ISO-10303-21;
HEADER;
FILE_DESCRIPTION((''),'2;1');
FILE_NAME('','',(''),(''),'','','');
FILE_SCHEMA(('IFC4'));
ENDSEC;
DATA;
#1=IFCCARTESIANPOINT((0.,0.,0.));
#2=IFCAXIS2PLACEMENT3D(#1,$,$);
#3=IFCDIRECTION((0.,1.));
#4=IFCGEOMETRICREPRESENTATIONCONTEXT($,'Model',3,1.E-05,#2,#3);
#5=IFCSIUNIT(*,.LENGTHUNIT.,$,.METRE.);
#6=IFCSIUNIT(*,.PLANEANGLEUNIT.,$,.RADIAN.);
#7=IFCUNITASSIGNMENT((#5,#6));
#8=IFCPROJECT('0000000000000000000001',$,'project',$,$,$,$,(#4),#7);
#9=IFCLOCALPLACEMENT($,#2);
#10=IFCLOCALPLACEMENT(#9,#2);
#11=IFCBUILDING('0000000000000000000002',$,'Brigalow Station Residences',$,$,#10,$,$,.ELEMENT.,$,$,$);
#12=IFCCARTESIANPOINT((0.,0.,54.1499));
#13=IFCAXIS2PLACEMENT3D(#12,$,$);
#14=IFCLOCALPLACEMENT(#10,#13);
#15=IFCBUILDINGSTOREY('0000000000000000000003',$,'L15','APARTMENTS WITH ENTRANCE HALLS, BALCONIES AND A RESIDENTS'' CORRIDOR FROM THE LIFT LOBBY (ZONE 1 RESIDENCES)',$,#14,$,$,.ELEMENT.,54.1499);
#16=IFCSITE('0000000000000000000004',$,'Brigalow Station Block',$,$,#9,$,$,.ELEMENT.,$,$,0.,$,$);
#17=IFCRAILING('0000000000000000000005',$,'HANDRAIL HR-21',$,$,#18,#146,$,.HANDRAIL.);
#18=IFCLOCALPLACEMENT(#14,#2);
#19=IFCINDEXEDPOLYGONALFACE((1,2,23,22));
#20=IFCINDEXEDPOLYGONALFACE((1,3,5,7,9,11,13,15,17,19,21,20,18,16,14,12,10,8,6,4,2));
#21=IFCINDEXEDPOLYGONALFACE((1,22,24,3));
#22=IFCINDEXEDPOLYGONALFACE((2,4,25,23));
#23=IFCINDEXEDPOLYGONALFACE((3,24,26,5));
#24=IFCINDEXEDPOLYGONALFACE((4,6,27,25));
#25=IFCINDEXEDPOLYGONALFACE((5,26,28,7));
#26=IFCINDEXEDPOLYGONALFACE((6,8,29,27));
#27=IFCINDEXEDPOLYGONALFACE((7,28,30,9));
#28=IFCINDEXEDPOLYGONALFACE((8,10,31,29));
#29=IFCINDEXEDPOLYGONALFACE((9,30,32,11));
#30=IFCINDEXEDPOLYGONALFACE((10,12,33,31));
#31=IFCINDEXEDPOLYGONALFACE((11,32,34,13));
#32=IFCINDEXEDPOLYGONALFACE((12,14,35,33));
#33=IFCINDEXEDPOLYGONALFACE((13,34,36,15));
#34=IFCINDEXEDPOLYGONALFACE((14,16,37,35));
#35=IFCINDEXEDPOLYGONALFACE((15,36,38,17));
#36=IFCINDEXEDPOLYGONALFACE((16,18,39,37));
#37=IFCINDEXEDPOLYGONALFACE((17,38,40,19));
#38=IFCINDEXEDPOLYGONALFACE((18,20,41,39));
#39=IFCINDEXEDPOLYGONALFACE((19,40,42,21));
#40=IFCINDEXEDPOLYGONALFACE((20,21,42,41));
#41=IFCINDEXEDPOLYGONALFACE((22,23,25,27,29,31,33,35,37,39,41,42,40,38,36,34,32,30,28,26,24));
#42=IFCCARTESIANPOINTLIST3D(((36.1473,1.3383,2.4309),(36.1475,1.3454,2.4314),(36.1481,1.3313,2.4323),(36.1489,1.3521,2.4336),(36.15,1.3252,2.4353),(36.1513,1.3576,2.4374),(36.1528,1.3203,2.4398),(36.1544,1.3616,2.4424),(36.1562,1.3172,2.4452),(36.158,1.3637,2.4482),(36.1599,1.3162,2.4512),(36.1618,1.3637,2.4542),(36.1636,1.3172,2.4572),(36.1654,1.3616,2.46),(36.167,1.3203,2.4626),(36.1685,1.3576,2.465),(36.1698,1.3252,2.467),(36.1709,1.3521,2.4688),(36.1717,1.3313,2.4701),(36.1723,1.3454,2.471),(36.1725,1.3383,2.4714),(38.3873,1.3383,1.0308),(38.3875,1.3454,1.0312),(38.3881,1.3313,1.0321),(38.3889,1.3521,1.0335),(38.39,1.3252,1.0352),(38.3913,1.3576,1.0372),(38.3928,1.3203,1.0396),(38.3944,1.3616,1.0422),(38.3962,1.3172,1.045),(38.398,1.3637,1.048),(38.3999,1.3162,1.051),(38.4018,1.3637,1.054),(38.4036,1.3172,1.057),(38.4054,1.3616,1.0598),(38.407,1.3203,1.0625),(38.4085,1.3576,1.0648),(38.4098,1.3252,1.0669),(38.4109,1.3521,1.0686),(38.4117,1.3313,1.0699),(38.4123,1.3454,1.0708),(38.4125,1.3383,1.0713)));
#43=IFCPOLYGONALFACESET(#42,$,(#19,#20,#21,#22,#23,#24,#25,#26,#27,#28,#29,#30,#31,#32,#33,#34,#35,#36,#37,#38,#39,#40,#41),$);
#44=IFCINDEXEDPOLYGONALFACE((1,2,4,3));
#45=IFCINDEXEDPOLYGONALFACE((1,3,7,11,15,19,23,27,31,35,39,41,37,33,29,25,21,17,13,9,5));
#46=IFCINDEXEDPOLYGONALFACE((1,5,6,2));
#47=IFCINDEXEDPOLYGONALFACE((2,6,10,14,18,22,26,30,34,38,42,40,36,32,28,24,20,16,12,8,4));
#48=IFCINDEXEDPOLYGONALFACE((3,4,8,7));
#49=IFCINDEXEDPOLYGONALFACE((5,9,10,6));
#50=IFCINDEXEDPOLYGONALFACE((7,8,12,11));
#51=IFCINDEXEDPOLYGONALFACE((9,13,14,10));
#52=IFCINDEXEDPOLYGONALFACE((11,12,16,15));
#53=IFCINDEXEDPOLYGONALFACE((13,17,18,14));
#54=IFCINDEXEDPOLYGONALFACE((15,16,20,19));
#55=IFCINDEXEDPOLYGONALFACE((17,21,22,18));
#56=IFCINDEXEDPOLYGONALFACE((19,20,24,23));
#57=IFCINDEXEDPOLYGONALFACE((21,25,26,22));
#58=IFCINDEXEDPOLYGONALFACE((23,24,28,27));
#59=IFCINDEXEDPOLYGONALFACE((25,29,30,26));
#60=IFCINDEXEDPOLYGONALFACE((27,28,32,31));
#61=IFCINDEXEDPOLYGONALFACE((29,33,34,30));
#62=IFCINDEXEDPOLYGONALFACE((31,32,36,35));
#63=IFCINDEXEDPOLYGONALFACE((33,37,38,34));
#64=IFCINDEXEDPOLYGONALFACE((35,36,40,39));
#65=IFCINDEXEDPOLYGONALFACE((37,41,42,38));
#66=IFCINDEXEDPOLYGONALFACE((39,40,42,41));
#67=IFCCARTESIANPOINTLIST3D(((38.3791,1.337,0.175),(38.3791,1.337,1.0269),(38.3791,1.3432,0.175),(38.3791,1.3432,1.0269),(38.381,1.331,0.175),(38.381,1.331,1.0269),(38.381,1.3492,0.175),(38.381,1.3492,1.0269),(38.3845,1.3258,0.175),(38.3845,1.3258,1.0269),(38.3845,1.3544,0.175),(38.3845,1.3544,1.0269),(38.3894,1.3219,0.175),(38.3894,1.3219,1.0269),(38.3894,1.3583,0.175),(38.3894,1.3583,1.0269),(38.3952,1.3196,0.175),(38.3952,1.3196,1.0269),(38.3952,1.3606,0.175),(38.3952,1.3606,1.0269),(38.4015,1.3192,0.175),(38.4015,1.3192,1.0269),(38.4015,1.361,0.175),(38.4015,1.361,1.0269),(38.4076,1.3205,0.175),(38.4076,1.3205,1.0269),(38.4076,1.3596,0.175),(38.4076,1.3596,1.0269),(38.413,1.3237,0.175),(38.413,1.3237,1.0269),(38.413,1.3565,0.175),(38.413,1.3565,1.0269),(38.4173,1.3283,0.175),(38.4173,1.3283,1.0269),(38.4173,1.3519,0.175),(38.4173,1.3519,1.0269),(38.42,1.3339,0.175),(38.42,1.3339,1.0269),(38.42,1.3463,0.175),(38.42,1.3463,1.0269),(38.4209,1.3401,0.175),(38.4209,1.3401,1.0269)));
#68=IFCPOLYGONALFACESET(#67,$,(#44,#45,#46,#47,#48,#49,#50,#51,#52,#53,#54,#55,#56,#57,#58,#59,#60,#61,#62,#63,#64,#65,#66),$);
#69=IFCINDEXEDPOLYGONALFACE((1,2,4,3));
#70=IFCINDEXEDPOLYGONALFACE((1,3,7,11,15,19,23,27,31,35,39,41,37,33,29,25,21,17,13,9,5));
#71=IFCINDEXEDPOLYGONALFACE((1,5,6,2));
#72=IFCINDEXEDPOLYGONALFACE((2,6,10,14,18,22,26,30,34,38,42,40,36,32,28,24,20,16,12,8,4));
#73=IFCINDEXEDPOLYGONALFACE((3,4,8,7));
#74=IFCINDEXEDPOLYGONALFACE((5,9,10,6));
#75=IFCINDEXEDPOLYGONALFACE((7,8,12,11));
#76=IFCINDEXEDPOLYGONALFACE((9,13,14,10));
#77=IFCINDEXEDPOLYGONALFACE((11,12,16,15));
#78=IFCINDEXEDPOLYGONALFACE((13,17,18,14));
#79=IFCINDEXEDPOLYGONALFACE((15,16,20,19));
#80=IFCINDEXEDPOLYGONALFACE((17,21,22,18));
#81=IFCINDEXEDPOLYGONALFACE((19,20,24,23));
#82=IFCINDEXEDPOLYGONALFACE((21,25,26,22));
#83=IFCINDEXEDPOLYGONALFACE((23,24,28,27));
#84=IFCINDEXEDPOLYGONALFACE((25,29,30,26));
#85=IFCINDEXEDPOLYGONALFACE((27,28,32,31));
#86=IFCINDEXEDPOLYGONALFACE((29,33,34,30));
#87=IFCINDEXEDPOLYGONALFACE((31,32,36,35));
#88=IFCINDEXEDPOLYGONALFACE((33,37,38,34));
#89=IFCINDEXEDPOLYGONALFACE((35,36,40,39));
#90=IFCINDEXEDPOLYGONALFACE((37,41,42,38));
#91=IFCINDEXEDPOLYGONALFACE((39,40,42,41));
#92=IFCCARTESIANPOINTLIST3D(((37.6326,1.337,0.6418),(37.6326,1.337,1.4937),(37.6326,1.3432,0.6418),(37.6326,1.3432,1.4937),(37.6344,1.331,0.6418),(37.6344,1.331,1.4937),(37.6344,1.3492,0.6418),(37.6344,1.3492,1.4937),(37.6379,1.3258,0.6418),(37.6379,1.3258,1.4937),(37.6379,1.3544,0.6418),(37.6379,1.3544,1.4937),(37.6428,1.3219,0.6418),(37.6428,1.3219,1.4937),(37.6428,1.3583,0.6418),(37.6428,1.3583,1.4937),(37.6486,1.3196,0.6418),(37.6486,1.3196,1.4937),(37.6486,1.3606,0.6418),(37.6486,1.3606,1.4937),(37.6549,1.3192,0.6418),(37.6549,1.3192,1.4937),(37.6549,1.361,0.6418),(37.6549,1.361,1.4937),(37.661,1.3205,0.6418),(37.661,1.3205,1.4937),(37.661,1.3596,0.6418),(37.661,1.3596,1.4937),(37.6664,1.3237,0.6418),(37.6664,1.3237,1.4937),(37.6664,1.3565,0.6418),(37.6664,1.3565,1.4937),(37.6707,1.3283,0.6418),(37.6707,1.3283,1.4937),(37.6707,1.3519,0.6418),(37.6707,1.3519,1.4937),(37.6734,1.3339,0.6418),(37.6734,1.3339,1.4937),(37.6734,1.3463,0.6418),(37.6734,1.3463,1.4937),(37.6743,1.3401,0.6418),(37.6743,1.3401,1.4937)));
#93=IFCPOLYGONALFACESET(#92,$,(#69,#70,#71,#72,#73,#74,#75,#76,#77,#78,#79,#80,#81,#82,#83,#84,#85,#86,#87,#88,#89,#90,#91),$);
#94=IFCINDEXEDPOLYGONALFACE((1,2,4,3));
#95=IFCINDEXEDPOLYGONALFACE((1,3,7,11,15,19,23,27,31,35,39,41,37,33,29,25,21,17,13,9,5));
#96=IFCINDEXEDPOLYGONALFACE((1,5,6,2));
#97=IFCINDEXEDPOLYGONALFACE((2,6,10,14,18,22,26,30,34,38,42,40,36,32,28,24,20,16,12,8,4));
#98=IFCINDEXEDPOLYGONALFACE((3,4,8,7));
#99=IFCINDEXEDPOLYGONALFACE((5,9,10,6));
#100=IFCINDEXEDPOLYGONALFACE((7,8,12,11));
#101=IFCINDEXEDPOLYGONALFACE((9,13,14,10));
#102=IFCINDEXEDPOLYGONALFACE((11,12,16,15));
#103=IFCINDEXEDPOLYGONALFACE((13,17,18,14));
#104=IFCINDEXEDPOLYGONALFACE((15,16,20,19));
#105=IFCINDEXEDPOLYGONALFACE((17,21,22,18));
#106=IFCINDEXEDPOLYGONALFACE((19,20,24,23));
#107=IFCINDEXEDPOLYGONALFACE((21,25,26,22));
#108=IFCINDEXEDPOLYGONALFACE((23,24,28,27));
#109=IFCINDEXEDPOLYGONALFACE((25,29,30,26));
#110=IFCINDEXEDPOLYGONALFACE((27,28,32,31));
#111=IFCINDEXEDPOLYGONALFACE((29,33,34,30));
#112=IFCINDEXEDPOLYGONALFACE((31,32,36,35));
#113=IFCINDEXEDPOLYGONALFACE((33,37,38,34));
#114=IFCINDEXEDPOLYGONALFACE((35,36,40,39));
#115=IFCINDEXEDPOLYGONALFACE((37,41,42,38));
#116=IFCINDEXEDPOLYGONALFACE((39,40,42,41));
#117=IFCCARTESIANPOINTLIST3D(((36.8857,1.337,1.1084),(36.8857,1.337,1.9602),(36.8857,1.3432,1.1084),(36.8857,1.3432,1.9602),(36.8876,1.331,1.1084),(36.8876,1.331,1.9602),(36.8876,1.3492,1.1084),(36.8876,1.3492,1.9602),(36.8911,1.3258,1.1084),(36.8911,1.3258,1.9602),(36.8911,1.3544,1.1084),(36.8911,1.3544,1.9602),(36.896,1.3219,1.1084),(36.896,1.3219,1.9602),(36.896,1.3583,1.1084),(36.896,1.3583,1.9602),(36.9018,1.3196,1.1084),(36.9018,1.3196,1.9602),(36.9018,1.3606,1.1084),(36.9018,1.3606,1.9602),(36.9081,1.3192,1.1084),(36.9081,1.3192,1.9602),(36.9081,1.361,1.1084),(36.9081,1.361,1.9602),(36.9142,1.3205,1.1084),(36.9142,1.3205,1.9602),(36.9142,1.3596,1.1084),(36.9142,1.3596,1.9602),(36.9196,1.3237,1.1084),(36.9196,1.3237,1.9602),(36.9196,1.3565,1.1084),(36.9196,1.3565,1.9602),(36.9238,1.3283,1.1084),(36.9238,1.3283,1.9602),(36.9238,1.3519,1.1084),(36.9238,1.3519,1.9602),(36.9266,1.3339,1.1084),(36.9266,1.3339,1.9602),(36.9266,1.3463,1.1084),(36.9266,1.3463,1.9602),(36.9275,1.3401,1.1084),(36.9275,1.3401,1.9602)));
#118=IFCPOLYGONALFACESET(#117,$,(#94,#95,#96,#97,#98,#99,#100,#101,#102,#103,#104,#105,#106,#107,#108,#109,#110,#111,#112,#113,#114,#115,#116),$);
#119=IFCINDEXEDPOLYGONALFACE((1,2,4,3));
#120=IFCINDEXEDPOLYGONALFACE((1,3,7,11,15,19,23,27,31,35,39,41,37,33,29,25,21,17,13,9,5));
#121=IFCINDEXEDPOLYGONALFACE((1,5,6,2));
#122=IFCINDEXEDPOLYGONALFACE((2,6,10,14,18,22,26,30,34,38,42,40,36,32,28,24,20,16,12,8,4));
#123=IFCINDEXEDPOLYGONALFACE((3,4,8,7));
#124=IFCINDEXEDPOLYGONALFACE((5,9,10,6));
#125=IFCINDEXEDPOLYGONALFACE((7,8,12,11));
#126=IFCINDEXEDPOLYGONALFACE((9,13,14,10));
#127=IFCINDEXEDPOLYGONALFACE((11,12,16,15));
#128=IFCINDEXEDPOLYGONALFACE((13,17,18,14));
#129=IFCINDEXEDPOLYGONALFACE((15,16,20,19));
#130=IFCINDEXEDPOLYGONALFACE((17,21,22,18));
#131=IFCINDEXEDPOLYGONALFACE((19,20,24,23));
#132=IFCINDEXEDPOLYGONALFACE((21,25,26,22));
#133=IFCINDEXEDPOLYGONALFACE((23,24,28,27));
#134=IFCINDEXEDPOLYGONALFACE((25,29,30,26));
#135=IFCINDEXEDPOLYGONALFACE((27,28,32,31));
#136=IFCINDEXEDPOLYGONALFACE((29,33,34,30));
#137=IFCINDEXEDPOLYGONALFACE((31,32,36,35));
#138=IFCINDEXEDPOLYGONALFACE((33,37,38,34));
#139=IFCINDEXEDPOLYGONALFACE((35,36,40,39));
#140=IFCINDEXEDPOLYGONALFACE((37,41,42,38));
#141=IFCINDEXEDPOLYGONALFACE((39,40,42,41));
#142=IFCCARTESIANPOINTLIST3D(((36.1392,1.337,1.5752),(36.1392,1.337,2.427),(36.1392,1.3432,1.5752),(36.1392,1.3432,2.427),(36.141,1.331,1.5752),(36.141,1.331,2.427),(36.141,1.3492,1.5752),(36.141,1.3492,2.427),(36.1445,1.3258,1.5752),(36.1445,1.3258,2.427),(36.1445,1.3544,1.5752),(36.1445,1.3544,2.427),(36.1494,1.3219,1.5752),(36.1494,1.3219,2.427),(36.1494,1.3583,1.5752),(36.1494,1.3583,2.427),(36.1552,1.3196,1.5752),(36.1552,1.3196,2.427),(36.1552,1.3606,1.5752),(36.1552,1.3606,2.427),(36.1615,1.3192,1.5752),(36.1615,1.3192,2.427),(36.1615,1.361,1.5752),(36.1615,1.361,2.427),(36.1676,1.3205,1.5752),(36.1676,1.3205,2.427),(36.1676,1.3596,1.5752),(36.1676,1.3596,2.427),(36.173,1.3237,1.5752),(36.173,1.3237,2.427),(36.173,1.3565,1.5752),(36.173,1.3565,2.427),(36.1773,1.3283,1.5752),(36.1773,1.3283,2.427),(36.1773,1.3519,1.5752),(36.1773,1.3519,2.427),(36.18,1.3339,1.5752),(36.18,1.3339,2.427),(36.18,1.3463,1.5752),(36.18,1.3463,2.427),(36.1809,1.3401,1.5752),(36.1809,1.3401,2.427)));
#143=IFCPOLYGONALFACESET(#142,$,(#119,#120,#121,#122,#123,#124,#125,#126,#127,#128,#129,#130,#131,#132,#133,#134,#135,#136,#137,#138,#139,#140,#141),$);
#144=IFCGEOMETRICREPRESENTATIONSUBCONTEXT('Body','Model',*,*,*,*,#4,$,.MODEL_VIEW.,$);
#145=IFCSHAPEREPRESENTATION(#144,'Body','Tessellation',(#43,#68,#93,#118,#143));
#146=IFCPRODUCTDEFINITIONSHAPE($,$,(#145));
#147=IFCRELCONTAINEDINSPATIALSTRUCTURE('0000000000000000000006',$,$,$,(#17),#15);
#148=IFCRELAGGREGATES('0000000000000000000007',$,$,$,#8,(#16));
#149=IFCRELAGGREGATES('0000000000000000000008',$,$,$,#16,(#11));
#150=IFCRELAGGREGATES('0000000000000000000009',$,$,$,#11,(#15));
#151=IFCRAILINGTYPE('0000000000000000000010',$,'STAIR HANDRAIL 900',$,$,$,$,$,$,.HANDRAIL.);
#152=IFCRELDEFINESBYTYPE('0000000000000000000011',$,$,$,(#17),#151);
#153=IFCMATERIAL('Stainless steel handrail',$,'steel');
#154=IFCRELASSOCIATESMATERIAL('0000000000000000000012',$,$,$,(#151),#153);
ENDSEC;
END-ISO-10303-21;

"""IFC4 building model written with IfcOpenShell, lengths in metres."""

from ifc_helpers import new_model, si_unit, direction, frame, origin, origin_2d, place, context, subcontext, project, spatial, circle, extrude, material, type_object, element, save


model = new_model("IFC4")

# Units and contexts
model_context = context("Model", 3, precision=1e-05, world=origin(), true_north=direction((0.0, 1.0)))
body_context = subcontext(model_context, "Body", "Model", "MODEL_VIEW")
ifc_project = project(units=[si_unit("LENGTHUNIT", "METRE"), si_unit("PLANEANGLEUNIT", "RADIAN")], contexts=[model_context])

# Site, building, storey
site_placement = place(None, origin())
site = spatial("IfcSite", under=ifc_project, at=site_placement, Name="Brigalow Station Block", CompositionType="ELEMENT", RefElevation=0.0)
building_placement = place(site_placement, origin())
building = spatial("IfcBuilding", under=site, at=building_placement, Name="Brigalow Station Residences", CompositionType="ELEMENT")
storey_placement = place(building_placement, frame((0.0, 0.0, 54.1499)))
storey = spatial("IfcBuildingStorey", under=building, at=storey_placement, Name="L15", Description="APARTMENTS WITH ENTRANCE HALLS, BALCONIES AND A RESIDENTS' CORRIDOR FROM THE LIFT LOBBY (ZONE 1 RESIDENCES)", CompositionType="ELEMENT", Elevation=54.1499)

# Railing
ifc_material_1 = material(Name="Stainless steel handrail", Category="steel")
railing_type_1 = type_object("IfcRailingType", Name="STAIR HANDRAIL 900", PredefinedType="HANDRAIL", material=ifc_material_1)
railing_1_placement = place(storey_placement, frame((38.3999, 1.3401, 0.175)))
element("IfcRailing", 1, at=railing_1_placement, inside=storey, type_object=railing_type_1, Name="HANDRAIL HR-21", PredefinedType="HANDRAIL", context=body_context, shape_type="SweptSolid", body=[
    extrude(circle(Radius=0.0239, at=origin_2d()), frame((0.0, 0.0, 0.876), z_axis=(-0.847972, 0.0, 0.53004), x_axis=(0.0, -1.0, 0.0)), (0.0, 0.0, 1.0), 2.6416),
    extrude(circle(Radius=0.021, at=origin_2d()), origin(), (0.0, 0.0, 1.0), 0.8518),
    extrude(circle(Radius=0.021, at=origin_2d()), frame((-0.7466, 0.0, 0.4668)), (0.0, 0.0, 1.0), 0.8518),
    extrude(circle(Radius=0.021, at=origin_2d()), frame((-1.4934, 0.0, 0.9333)), (0.0, 0.0, 1.0), 0.8518),
    extrude(circle(Radius=0.021, at=origin_2d()), frame((-2.24, 0.0, 1.4001)), (0.0, 0.0, 1.0), 0.8518),
])

save(model, "model.ifc")
